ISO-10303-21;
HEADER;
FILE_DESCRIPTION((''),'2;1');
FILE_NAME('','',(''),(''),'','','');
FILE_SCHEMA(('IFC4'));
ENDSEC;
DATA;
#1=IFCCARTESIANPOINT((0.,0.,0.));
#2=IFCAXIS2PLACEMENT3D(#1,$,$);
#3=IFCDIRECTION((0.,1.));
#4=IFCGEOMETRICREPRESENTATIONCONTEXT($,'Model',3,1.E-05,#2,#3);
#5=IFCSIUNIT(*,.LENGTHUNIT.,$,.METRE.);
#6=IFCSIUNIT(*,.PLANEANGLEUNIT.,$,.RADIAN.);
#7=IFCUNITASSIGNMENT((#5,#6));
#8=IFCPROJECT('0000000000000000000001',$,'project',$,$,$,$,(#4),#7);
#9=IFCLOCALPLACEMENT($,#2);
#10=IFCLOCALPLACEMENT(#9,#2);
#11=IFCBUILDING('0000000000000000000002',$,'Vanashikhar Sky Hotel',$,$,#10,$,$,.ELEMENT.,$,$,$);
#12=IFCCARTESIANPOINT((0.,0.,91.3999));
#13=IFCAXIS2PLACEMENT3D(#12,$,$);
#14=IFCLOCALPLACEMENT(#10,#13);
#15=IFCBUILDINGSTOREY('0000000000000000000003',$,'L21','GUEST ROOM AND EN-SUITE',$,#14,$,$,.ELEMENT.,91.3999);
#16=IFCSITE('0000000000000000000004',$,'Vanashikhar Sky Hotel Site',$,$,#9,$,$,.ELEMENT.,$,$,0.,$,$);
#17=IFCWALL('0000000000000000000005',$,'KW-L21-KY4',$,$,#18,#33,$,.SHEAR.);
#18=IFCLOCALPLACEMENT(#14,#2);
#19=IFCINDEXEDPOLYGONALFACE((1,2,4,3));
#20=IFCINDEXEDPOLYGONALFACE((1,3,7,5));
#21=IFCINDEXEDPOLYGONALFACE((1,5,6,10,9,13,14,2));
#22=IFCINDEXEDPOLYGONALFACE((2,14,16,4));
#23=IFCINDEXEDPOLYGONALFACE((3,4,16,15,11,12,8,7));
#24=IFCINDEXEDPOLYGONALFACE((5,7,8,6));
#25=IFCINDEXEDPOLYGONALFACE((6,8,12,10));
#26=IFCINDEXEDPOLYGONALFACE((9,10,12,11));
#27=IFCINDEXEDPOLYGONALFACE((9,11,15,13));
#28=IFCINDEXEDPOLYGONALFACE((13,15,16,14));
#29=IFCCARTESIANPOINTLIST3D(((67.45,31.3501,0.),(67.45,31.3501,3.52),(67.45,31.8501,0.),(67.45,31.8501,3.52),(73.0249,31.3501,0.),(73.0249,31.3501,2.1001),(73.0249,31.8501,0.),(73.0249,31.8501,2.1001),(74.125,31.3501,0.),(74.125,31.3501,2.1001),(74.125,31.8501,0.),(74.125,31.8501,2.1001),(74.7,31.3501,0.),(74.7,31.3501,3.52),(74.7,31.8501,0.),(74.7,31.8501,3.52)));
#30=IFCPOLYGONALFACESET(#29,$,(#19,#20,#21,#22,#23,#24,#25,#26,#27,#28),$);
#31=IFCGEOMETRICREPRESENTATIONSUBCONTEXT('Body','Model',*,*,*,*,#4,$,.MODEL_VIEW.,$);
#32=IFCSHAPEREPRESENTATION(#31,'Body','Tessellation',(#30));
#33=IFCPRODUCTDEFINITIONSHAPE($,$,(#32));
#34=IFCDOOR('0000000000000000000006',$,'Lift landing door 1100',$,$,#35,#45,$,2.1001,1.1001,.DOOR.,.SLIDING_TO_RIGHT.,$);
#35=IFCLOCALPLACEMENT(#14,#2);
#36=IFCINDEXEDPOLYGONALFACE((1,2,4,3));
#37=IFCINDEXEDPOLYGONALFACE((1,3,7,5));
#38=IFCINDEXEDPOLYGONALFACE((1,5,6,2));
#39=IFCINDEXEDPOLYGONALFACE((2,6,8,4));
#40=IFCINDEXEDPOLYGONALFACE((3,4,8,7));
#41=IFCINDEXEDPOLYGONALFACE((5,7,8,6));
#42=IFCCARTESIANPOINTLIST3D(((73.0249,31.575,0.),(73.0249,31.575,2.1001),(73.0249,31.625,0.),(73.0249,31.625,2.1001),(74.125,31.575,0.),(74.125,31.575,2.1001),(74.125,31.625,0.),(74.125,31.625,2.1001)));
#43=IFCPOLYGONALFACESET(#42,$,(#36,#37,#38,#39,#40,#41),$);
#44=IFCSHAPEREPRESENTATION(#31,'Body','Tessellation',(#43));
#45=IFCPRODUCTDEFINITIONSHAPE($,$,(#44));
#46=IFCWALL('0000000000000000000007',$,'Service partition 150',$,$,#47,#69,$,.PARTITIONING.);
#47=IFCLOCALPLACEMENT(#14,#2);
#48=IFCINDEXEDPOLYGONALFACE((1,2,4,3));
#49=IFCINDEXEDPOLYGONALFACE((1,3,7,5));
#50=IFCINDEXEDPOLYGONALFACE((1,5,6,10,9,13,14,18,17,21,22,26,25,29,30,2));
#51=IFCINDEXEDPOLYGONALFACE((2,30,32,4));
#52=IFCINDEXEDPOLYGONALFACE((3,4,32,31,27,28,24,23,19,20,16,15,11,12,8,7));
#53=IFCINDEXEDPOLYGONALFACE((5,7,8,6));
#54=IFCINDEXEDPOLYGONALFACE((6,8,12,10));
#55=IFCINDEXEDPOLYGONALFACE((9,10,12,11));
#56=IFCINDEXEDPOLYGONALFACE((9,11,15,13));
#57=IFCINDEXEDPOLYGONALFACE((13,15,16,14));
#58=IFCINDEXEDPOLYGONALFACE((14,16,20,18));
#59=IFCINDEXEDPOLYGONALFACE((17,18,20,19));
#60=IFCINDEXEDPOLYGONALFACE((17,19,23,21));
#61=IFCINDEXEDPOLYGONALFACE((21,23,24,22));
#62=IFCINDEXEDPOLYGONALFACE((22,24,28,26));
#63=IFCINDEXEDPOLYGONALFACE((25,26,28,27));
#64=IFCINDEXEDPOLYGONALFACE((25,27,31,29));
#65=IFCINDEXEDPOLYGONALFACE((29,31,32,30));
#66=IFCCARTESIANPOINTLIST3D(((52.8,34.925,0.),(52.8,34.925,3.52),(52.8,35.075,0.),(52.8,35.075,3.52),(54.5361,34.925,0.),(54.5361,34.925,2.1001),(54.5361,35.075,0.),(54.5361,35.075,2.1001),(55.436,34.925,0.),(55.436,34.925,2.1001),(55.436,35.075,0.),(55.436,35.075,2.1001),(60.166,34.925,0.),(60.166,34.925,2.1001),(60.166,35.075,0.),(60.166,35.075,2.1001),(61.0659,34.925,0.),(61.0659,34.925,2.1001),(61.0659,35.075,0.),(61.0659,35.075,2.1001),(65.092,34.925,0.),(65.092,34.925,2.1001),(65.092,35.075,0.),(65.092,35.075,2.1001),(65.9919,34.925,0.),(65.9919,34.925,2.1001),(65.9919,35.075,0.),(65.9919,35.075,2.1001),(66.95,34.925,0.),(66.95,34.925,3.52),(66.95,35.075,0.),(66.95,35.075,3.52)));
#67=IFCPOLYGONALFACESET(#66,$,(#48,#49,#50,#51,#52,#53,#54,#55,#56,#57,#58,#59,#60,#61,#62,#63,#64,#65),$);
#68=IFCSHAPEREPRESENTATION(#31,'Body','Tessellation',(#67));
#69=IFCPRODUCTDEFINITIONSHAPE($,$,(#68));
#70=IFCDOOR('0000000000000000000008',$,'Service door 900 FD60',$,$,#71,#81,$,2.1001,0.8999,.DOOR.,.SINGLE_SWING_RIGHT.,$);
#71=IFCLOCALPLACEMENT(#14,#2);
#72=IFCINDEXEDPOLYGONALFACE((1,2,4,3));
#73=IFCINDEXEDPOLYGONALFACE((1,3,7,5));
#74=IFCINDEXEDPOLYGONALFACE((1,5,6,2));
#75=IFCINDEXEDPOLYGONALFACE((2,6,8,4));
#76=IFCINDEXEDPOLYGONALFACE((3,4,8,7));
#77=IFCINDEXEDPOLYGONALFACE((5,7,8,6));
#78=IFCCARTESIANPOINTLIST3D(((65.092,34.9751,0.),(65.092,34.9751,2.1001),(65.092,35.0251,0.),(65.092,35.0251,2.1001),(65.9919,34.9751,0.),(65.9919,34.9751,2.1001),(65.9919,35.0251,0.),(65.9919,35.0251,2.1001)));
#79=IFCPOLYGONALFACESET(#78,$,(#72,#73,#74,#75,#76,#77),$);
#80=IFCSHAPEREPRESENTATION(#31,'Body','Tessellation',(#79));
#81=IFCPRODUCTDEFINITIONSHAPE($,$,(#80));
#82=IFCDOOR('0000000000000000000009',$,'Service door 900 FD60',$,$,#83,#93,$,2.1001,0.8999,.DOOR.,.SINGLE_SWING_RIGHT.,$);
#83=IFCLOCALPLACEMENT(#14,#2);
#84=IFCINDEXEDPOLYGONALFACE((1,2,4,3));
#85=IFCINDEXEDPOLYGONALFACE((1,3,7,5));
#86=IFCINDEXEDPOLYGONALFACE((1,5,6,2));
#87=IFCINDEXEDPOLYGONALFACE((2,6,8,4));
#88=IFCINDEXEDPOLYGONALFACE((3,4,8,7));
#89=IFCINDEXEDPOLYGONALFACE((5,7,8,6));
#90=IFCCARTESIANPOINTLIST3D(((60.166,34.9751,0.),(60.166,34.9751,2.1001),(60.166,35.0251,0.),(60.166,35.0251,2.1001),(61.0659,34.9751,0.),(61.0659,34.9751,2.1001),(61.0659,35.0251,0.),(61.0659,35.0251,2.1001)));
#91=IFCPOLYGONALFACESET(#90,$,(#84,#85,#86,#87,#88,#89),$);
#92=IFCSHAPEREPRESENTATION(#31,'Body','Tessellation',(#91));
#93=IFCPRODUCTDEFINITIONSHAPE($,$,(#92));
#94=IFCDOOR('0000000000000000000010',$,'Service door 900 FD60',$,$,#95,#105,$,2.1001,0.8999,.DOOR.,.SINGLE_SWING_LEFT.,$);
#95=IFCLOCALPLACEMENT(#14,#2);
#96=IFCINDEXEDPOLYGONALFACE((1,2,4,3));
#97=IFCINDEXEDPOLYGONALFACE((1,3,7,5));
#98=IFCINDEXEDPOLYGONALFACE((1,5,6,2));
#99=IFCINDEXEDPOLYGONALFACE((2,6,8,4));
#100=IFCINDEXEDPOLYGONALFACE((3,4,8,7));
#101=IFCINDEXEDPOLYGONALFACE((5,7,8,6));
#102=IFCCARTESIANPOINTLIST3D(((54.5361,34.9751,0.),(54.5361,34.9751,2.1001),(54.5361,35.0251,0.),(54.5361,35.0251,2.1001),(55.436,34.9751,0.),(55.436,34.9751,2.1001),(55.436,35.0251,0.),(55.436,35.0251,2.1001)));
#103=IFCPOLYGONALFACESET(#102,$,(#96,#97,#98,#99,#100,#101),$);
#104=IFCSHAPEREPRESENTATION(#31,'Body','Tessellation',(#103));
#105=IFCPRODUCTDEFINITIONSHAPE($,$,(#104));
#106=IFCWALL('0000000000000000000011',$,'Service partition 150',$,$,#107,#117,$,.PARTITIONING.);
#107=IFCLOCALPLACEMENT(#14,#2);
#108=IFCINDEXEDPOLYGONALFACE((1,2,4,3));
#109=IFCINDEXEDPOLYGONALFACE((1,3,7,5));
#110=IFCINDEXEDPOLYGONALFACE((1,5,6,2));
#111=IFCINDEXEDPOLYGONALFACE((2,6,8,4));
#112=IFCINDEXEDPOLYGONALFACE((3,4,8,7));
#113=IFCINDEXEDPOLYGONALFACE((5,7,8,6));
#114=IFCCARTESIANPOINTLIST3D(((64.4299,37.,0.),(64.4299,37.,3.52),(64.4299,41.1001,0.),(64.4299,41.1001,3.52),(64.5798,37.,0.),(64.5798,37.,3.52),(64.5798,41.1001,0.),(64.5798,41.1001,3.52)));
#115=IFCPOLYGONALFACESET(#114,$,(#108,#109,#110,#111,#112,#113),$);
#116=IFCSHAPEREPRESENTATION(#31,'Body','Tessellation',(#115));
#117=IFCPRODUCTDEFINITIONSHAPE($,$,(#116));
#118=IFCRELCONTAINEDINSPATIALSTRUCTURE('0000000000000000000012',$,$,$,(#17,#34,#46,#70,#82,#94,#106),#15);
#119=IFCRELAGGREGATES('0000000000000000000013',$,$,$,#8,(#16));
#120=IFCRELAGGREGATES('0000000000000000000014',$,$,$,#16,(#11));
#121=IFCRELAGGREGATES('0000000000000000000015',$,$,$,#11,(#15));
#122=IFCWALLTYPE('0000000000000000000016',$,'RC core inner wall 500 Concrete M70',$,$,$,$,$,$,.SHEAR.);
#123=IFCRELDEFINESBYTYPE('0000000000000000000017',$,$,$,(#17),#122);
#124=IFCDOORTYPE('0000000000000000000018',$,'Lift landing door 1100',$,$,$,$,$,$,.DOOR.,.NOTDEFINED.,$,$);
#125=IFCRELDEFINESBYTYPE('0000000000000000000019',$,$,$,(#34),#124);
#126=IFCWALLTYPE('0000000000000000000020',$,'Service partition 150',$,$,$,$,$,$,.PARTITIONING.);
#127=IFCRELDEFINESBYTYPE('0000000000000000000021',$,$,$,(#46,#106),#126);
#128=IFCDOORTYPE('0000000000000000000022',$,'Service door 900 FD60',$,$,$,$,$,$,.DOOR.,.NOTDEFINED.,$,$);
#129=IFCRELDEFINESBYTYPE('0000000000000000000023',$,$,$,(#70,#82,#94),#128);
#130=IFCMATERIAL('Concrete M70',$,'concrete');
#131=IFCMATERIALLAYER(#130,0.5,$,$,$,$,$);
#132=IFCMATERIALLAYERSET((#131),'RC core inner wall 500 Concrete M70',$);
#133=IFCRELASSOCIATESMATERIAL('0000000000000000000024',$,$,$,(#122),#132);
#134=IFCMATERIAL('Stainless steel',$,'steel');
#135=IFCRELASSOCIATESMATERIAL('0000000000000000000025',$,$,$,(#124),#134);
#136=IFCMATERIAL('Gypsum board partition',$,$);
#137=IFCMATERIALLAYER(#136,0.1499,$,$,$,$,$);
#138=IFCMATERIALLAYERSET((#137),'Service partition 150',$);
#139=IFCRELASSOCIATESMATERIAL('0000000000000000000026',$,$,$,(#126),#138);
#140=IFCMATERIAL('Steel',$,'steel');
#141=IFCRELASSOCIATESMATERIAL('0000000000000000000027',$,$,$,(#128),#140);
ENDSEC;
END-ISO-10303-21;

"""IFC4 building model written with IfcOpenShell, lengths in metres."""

from ifc_helpers import new_model, si_unit, direction, frame, frame_2d, origin, place, context, subcontext, project, spatial, rectangle, extrude, source, transform, mapped, material, layer, layer_set, type_object, element, fill, save


model = new_model("IFC4")

# Units and contexts
model_context = context("Model", 3, precision=1e-05, world=origin(), true_north=direction((0.0, 1.0)))
body_context = subcontext(model_context, "Body", "Model", "MODEL_VIEW")
ifc_project = project(units=[si_unit("LENGTHUNIT", "METRE"), si_unit("PLANEANGLEUNIT", "RADIAN")], contexts=[model_context])

# Site, building, storey
site_placement = place(None, origin())
site = spatial("IfcSite", under=ifc_project, at=site_placement, Name="Vanashikhar Sky Hotel Site", CompositionType="ELEMENT", RefElevation=0.0)
building_placement = place(site_placement, origin())
building = spatial("IfcBuilding", under=site, at=building_placement, Name="Vanashikhar Sky Hotel", CompositionType="ELEMENT")
storey_placement = place(building_placement, frame((0.0, 0.0, 91.3999)))
storey = spatial("IfcBuildingStorey", under=building, at=storey_placement, Name="L21", Description="GUEST ROOM AND EN-SUITE", CompositionType="ELEMENT", Elevation=91.3999)

# Wall, opening, door
ifc_material_1 = material(Name="Concrete M70", Category="concrete")
ifc_layer_1 = layer(ifc_material_1, 0.5)
ifc_layer_set_1 = layer_set([ifc_layer_1], Name="RC core inner wall 500 Concrete M70")
wall_type_1 = type_object("IfcWallType", Name="RC core inner wall 500 Concrete M70", PredefinedType="SHEAR", material=ifc_layer_set_1)
shared_shape_1 = source(origin(), body_context, "Body", "SweptSolid", [
    extrude(rectangle(XDim=7.25, YDim=0.5, at=frame_2d((3.625, 0.0))), origin(), (0.0, 0.0, 1.0), 3.52),
])
wall_1_placement = place(storey_placement, frame((67.45, 31.6001, 0.0), z_axis=(0.0, 0.0, 1.0), x_axis=(1.0, 0.0, 0.0)))
wall_1 = element("IfcWall", 1, at=wall_1_placement, inside=storey, type_object=wall_type_1, Name="KW-L21-KY4", PredefinedType="SHEAR", context=body_context, shape_type="MappedRepresentation", body=[
    mapped(shared_shape_1, transform((0.0, 0.0, 0.0), scale=1.0)),
])
shared_shape_2 = source(origin(), body_context, "Body", "SweptSolid", [
    extrude(rectangle(XDim=1.1001, YDim=2.1001, at=frame_2d((0.55, 1.05))), frame((0.0, 0.26, 0.0), z_axis=(0.0, -1.0, 0.0), x_axis=(1.0, 0.0, 0.0)), (0.0, 0.0, 1.0), 0.52),
])
opening_1_placement = place(wall_1_placement, frame((5.575, 0.0, 0.0)))
opening_1 = element("IfcOpeningElement", 2, at=opening_1_placement, cuts=wall_1, PredefinedType="OPENING", context=body_context, shape_type="MappedRepresentation", body=[
    mapped(shared_shape_2, transform((0.0, 0.0, 0.0), scale=1.0)),
])
ifc_material_2 = material(Name="Stainless steel", Category="steel")
door_type_1 = type_object("IfcDoorType", Name="Lift landing door 1100", OperationType="NOTDEFINED", PredefinedType="DOOR", material=ifc_material_2)
shared_shape_3 = source(origin(), body_context, "Body", "SweptSolid", [
    extrude(rectangle(XDim=1.1001, YDim=2.1001, at=frame_2d((0.55, 1.05))), frame((0.0, 0.0249, 0.0), z_axis=(0.0, -1.0, 0.0), x_axis=(1.0, 0.0, 0.0)), (0.0, 0.0, 1.0), 0.05),
])
door_1_placement = place(opening_1_placement, origin())
door_1 = element("IfcDoor", 3, at=door_1_placement, inside=storey, type_object=door_type_1, Name="Lift landing door 1100", OperationType="SLIDING_TO_RIGHT", OverallHeight=2.1001, OverallWidth=1.1001, PredefinedType="DOOR", context=body_context, shape_type="MappedRepresentation", body=[
    mapped(shared_shape_3, transform((0.0, 0.0, 0.0), scale=1.0)),
])
fill(opening_1, door_1)

# Wall, openings, doors
ifc_material_3 = material(Name="Gypsum board partition")
ifc_layer_2 = layer(ifc_material_3, 0.1499)
ifc_layer_set_2 = layer_set([ifc_layer_2], Name="Service partition 150")
wall_type_2 = type_object("IfcWallType", Name="Service partition 150", PredefinedType="PARTITIONING", material=ifc_layer_set_2)
shared_shape_4 = source(origin(), body_context, "Body", "SweptSolid", [
    extrude(rectangle(XDim=14.1499, YDim=0.1499, at=frame_2d((7.075, 0.0))), origin(), (0.0, 0.0, 1.0), 3.52),
])
wall_2_placement = place(storey_placement, frame((66.95, 35.0, 0.0), z_axis=(0.0, 0.0, 1.0), x_axis=(-1.0, 0.0, 0.0)))
wall_2 = element("IfcWall", 4, at=wall_2_placement, inside=storey, type_object=wall_type_2, Name="Service partition 150", PredefinedType="PARTITIONING", context=body_context, shape_type="MappedRepresentation", body=[
    mapped(shared_shape_4, transform((0.0, 0.0, 0.0), scale=1.0)),
])
shared_shape_5 = source(origin(), body_context, "Body", "SweptSolid", [
    extrude(rectangle(XDim=0.8999, YDim=2.1001, at=frame_2d((0.45, 1.05))), frame((0.0, 0.085, 0.0), z_axis=(0.0, -1.0, 0.0), x_axis=(1.0, 0.0, 0.0)), (0.0, 0.0, 1.0), 0.1699),
])
opening_2_placement = place(wall_2_placement, frame((0.958, 0.0, 0.0)))
opening_2 = element("IfcOpeningElement", 5, at=opening_2_placement, cuts=wall_2, PredefinedType="OPENING", context=body_context, shape_type="MappedRepresentation", body=[
    mapped(shared_shape_5, transform((0.0, 0.0, 0.0), scale=1.0)),
])
opening_3_placement = place(wall_2_placement, frame((5.884, 0.0, 0.0)))
opening_3 = element("IfcOpeningElement", 6, at=opening_3_placement, cuts=wall_2, PredefinedType="OPENING", context=body_context, shape_type="MappedRepresentation", body=[
    mapped(shared_shape_5, transform((0.0, 0.0, 0.0), scale=1.0)),
])
opening_4_placement = place(wall_2_placement, frame((11.5139, 0.0, 0.0)))
opening_4 = element("IfcOpeningElement", 7, at=opening_4_placement, cuts=wall_2, PredefinedType="OPENING", context=body_context, shape_type="MappedRepresentation", body=[
    mapped(shared_shape_5, transform((0.0, 0.0, 0.0), scale=1.0)),
])
ifc_material_4 = material(Name="Steel", Category="steel")
door_type_2 = type_object("IfcDoorType", Name="Service door 900 FD60", OperationType="NOTDEFINED", PredefinedType="DOOR", material=ifc_material_4)
shared_shape_6 = source(origin(), body_context, "Body", "SweptSolid", [
    extrude(rectangle(XDim=0.8999, YDim=2.1001, at=frame_2d((0.45, 1.05))), frame((0.0, 0.0249, 0.0), z_axis=(0.0, -1.0, 0.0), x_axis=(1.0, 0.0, 0.0)), (0.0, 0.0, 1.0), 0.05),
])
door_2_placement = place(opening_2_placement, origin())
door_2 = element("IfcDoor", 8, at=door_2_placement, inside=storey, type_object=door_type_2, Name="Service door 900 FD60", OperationType="SINGLE_SWING_RIGHT", OverallHeight=2.1001, OverallWidth=0.8999, PredefinedType="DOOR", context=body_context, shape_type="MappedRepresentation", body=[
    mapped(shared_shape_6, transform((0.0, 0.0, 0.0), scale=1.0)),
])
fill(opening_2, door_2)
door_3_placement = place(opening_3_placement, origin())
door_3 = element("IfcDoor", 9, at=door_3_placement, inside=storey, type_object=door_type_2, Name="Service door 900 FD60", OperationType="SINGLE_SWING_RIGHT", OverallHeight=2.1001, OverallWidth=0.8999, PredefinedType="DOOR", context=body_context, shape_type="MappedRepresentation", body=[
    mapped(shared_shape_6, transform((0.0, 0.0, 0.0), scale=1.0)),
])
fill(opening_3, door_3)
door_4_placement = place(opening_4_placement, origin())
door_4 = element("IfcDoor", 10, at=door_4_placement, inside=storey, type_object=door_type_2, Name="Service door 900 FD60", OperationType="SINGLE_SWING_LEFT", OverallHeight=2.1001, OverallWidth=0.8999, PredefinedType="DOOR", context=body_context, shape_type="MappedRepresentation", body=[
    mapped(shared_shape_6, transform((0.0, 0.0, 0.0), scale=1.0)),
])
fill(opening_4, door_4)

# Wall
shared_shape_7 = source(origin(), body_context, "Body", "SweptSolid", [
    extrude(rectangle(XDim=4.1001, YDim=0.1499, at=frame_2d((2.05, 0.0))), origin(), (0.0, 0.0, 1.0), 3.52),
])
wall_3_placement = place(storey_placement, frame((64.5049, 37.0, 0.0), z_axis=(0.0, 0.0, 1.0), x_axis=(0.0, 1.0, 0.0)))
element("IfcWall", 11, at=wall_3_placement, inside=storey, type_object=wall_type_2, Name="Service partition 150", PredefinedType="PARTITIONING", context=body_context, shape_type="MappedRepresentation", body=[
    mapped(shared_shape_7, transform((0.0, 0.0, 0.0), scale=1.0)),
])

save(model, "model.ifc")
